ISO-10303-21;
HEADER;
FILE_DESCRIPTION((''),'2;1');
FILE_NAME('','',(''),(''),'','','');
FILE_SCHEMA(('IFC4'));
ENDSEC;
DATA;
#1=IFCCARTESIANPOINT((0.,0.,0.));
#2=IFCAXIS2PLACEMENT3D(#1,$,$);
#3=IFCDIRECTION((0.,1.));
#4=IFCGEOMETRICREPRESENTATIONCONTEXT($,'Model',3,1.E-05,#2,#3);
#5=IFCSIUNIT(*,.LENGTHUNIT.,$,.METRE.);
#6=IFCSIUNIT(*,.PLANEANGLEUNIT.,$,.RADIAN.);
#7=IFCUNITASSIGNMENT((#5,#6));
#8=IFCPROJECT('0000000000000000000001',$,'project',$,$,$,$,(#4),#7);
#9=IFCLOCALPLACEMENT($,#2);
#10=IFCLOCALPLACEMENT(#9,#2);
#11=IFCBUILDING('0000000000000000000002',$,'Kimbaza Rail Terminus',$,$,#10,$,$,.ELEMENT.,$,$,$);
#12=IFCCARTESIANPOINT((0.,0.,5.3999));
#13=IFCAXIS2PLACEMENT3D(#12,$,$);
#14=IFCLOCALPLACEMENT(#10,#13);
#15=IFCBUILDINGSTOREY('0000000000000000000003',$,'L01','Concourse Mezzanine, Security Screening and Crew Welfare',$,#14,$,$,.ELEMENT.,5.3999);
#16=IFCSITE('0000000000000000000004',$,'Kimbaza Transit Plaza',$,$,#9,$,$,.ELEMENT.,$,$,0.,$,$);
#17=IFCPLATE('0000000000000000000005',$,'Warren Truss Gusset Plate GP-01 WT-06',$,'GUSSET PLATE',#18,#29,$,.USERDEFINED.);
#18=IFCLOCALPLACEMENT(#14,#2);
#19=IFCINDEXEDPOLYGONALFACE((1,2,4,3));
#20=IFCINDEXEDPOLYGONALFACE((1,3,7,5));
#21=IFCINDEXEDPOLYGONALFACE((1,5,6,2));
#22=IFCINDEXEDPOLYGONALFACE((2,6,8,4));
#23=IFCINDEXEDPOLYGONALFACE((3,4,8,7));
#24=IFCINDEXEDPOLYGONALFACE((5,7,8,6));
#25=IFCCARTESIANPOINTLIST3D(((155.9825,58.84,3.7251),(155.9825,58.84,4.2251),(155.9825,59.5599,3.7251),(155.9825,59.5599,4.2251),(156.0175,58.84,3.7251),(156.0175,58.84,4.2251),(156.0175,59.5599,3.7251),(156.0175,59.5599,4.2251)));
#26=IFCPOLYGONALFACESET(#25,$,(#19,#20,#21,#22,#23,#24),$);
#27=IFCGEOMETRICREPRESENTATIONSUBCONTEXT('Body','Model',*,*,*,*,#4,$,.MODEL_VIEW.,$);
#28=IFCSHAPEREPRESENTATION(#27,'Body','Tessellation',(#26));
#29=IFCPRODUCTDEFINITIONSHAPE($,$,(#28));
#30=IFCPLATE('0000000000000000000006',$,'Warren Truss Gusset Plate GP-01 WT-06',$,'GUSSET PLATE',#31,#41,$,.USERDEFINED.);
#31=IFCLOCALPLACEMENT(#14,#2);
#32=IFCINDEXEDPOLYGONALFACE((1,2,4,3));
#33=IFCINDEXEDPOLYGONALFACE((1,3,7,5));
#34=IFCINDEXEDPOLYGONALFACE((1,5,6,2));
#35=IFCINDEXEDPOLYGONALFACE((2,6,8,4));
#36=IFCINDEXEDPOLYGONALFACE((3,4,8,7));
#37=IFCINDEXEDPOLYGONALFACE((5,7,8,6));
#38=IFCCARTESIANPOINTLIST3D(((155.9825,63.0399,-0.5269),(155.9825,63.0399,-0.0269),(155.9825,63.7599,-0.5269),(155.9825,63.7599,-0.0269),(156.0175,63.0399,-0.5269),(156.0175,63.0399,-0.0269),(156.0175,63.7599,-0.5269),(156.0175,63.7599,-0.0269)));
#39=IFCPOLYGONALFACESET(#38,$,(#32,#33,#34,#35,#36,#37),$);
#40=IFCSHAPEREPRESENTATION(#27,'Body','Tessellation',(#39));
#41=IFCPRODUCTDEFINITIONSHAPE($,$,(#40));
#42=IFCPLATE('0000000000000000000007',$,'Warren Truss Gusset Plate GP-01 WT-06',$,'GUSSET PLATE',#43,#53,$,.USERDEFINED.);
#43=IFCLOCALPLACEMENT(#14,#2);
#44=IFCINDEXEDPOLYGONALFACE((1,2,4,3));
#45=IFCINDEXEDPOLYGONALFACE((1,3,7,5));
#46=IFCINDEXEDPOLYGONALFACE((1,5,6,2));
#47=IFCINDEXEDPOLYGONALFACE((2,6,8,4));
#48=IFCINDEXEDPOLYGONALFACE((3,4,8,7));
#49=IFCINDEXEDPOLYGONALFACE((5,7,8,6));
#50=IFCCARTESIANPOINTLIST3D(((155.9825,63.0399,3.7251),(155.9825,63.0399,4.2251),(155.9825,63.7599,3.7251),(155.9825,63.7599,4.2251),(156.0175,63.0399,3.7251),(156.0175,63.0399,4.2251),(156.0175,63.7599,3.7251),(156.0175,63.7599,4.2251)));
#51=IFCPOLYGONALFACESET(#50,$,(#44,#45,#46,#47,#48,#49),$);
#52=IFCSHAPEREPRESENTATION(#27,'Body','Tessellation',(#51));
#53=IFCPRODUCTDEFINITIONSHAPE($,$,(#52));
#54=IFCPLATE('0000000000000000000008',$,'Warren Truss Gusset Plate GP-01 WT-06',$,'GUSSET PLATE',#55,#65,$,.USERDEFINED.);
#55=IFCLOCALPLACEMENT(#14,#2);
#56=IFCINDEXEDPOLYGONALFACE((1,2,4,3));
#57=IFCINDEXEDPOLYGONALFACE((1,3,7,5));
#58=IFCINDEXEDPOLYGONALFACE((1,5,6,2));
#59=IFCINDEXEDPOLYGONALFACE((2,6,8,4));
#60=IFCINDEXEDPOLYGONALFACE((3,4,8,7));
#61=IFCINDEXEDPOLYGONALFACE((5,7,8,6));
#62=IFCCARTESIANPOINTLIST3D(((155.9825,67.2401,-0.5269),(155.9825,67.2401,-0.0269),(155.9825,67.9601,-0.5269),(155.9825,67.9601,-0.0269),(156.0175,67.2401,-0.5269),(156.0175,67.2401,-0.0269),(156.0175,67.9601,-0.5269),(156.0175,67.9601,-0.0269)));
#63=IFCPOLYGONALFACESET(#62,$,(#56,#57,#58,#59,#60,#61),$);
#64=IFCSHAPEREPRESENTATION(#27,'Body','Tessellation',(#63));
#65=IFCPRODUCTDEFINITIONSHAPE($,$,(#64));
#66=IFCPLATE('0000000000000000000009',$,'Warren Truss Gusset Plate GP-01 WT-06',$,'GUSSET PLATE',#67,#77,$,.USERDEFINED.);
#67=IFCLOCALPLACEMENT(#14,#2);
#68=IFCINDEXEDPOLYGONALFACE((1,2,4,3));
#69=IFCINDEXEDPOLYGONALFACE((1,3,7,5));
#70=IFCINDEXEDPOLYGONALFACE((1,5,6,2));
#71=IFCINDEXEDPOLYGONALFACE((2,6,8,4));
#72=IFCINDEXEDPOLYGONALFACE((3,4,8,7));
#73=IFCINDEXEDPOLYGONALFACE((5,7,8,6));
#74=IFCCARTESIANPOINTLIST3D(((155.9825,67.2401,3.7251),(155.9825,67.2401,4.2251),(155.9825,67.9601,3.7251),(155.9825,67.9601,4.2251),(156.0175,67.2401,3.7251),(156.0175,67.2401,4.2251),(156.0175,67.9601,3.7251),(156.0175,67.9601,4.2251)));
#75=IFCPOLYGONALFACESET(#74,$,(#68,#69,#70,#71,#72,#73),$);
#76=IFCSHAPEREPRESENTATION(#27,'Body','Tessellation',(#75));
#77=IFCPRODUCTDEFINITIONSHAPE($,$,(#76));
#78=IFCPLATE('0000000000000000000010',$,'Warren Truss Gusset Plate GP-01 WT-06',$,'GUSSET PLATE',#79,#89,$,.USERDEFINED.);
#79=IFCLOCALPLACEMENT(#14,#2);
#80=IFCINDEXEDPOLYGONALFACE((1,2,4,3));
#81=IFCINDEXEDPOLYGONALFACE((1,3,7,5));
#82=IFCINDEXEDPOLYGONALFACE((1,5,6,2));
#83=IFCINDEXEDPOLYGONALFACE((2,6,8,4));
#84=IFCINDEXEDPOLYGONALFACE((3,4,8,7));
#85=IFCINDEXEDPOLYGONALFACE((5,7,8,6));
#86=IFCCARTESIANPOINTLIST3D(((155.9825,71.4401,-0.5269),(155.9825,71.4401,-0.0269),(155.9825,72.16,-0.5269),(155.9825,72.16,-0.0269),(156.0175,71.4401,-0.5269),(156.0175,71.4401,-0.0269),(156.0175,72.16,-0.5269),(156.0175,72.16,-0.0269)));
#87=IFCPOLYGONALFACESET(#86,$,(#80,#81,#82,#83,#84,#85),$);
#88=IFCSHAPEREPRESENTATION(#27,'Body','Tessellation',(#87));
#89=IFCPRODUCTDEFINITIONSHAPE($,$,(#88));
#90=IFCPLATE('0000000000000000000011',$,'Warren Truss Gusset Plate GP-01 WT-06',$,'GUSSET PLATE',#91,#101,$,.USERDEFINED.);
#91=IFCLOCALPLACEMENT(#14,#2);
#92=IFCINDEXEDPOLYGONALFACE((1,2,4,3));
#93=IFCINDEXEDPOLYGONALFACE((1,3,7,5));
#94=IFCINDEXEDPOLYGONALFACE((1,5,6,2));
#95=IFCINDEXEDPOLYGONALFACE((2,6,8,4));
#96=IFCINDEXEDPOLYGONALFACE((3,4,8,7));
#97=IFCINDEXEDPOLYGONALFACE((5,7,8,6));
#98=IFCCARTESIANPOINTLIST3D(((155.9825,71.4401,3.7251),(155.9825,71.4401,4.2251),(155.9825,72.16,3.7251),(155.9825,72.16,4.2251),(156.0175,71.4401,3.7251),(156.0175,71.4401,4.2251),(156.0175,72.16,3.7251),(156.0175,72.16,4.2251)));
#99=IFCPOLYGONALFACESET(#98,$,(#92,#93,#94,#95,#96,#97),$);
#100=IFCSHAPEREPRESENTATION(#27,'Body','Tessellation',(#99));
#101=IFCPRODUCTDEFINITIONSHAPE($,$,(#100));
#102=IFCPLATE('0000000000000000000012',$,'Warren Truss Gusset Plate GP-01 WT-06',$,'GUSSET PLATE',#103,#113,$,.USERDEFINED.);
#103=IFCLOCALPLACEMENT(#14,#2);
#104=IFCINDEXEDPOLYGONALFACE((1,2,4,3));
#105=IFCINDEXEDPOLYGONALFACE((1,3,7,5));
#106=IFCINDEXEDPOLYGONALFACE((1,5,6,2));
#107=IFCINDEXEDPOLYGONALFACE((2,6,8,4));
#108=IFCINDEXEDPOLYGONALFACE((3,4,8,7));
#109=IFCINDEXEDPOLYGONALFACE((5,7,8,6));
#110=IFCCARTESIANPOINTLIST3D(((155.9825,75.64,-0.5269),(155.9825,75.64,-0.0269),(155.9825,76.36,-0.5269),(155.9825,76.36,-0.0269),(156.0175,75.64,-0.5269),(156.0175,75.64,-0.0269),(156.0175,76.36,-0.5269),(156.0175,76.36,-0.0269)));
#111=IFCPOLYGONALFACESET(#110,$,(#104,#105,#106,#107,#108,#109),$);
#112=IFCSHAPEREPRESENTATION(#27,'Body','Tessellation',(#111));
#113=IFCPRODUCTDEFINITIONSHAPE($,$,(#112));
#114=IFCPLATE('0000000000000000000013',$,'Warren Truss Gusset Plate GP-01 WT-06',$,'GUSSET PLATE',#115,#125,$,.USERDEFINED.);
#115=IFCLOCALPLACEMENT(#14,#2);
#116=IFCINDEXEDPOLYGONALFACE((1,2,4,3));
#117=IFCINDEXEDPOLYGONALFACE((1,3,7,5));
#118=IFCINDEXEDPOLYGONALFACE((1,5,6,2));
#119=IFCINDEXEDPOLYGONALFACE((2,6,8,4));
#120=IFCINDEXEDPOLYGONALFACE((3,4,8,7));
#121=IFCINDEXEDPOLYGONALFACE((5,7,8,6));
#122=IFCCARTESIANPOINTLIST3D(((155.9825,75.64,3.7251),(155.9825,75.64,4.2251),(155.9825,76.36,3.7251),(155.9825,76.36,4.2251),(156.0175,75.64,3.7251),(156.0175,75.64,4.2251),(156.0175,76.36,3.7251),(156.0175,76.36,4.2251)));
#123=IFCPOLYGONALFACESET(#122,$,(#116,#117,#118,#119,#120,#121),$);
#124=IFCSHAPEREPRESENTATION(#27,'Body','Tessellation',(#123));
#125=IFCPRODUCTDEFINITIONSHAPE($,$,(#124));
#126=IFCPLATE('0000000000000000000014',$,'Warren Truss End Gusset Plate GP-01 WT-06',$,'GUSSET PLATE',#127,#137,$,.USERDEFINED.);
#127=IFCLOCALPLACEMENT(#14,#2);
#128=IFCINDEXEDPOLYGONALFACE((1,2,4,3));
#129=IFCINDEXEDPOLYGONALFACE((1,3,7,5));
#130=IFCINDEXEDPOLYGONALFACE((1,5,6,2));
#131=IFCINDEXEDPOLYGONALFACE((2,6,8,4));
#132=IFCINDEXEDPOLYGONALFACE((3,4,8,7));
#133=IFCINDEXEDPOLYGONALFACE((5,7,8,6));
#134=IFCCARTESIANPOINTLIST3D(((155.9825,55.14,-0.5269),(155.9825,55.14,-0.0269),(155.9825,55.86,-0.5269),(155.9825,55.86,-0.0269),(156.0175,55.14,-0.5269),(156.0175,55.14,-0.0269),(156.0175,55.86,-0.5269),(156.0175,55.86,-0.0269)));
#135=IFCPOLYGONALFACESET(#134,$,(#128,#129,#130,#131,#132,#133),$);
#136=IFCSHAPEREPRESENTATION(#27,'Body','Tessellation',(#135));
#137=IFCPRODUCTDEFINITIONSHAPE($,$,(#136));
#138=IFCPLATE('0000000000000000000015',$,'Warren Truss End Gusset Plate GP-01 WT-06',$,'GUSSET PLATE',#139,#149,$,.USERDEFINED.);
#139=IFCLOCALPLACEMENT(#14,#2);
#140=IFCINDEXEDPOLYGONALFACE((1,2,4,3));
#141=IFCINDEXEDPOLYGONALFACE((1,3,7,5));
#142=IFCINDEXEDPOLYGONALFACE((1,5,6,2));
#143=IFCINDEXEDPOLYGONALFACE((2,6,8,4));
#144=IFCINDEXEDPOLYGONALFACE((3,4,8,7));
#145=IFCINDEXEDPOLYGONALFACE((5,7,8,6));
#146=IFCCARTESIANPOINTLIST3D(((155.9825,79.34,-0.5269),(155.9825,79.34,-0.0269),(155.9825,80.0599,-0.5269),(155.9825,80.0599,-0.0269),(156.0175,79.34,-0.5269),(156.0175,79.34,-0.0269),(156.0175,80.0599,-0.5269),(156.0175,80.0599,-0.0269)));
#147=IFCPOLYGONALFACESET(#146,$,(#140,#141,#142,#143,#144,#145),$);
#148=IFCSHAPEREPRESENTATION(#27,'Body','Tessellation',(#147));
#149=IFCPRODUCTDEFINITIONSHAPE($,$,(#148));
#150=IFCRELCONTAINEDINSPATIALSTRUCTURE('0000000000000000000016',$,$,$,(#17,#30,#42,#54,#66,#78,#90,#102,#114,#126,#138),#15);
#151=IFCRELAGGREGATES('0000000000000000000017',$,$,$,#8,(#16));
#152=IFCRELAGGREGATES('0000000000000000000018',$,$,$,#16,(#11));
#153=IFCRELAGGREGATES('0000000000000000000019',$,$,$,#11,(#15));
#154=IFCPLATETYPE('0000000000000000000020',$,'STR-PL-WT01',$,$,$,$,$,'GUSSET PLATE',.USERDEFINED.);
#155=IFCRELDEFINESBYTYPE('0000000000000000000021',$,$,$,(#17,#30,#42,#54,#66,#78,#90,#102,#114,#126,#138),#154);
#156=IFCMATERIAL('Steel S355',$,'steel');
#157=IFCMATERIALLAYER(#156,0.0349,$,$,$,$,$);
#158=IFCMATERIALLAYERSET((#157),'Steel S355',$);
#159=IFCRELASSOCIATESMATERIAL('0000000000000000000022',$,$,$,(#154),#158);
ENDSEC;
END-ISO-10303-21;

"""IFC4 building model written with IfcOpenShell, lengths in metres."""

from ifc_helpers import new_model, si_unit, direction, frame, origin, origin_2d, place, context, subcontext, project, spatial, rectangle, extrude, material, layer, layer_set, type_object, element, save


model = new_model("IFC4")

# Units and contexts
model_context = context("Model", 3, precision=1e-05, world=origin(), true_north=direction((0.0, 1.0)))
body_context = subcontext(model_context, "Body", "Model", "MODEL_VIEW")
ifc_project = project(units=[si_unit("LENGTHUNIT", "METRE"), si_unit("PLANEANGLEUNIT", "RADIAN")], contexts=[model_context])

# Site, building, storey
site_placement = place(None, origin())
site = spatial("IfcSite", under=ifc_project, at=site_placement, Name="Kimbaza Transit Plaza", CompositionType="ELEMENT", RefElevation=0.0)
building_placement = place(site_placement, origin())
building = spatial("IfcBuilding", under=site, at=building_placement, Name="Kimbaza Rail Terminus", CompositionType="ELEMENT")
storey_placement = place(building_placement, frame((0.0, 0.0, 5.3999)))
storey = spatial("IfcBuildingStorey", under=building, at=storey_placement, Name="L01", Description="Concourse Mezzanine, Security Screening and Crew Welfare", CompositionType="ELEMENT", Elevation=5.3999)

# Plates
ifc_material_1 = material(Name="Steel S355", Category="steel")
ifc_layer = layer(ifc_material_1, 0.0349)
ifc_layer_set = layer_set([ifc_layer], Name="Steel S355")
plate_type = type_object("IfcPlateType", Name="STR-PL-WT01", ElementType="GUSSET PLATE", PredefinedType="USERDEFINED", material=ifc_layer_set)
for number, where, z_axis, x_axis, name in (
    (1, (156.0, 59.2, 3.7251), (0.0, 0.0, 1.0), (1.0, 0.0, 0.0), "Warren Truss Gusset Plate GP-01 WT-06"),
    (2, (156.0, 63.3999, -0.5269), (0.0, 0.0, 1.0), (1.0, 0.0, 0.0), "Warren Truss Gusset Plate GP-01 WT-06"),
    (3, (156.0, 63.3999, 3.7251), (0.0, 0.0, 1.0), (1.0, 0.0, 0.0), "Warren Truss Gusset Plate GP-01 WT-06"),
    (4, (156.0, 67.6001, -0.5269), (0.0, 0.0, 1.0), (1.0, 0.0, 0.0), "Warren Truss Gusset Plate GP-01 WT-06"),
    (5, (156.0, 67.6001, 3.7251), (0.0, 0.0, 1.0), (1.0, 0.0, 0.0), "Warren Truss Gusset Plate GP-01 WT-06"),
    (6, (156.0, 71.8, -0.5269), (0.0, 0.0, 1.0), (1.0, 0.0, 0.0), "Warren Truss Gusset Plate GP-01 WT-06"),
    (7, (156.0, 71.8, 3.7251), (0.0, 0.0, 1.0), (1.0, 0.0, 0.0), "Warren Truss Gusset Plate GP-01 WT-06"),
    (8, (156.0, 76.0, -0.5269), (0.0, 0.0, 1.0), (1.0, 0.0, 0.0), "Warren Truss Gusset Plate GP-01 WT-06"),
    (9, (156.0, 76.0, 3.7251), (0.0, 0.0, 1.0), (1.0, 0.0, 0.0), "Warren Truss Gusset Plate GP-01 WT-06"),
    (10, (156.0, 55.5, -0.5269), (0.0, 0.0, 1.0), (1.0, 0.0, 0.0), "Warren Truss End Gusset Plate GP-01 WT-06"),
    (11, (156.0, 79.7, -0.5269), (0.0, 0.0, 1.0), (1.0, 0.0, 0.0), "Warren Truss End Gusset Plate GP-01 WT-06"),
):
    element("IfcPlate", number, at=place(storey_placement, frame(where, z_axis=z_axis, x_axis=x_axis)), inside=storey, type_object=plate_type, Name=name, ObjectType="GUSSET PLATE", PredefinedType="USERDEFINED", context=body_context, shape_type="SweptSolid", body=[
        extrude(rectangle(XDim=0.0349, YDim=0.72, at=origin_2d()), origin(), (0.0, 0.0, 1.0), 0.5),
    ])

save(model, "model.ifc")
